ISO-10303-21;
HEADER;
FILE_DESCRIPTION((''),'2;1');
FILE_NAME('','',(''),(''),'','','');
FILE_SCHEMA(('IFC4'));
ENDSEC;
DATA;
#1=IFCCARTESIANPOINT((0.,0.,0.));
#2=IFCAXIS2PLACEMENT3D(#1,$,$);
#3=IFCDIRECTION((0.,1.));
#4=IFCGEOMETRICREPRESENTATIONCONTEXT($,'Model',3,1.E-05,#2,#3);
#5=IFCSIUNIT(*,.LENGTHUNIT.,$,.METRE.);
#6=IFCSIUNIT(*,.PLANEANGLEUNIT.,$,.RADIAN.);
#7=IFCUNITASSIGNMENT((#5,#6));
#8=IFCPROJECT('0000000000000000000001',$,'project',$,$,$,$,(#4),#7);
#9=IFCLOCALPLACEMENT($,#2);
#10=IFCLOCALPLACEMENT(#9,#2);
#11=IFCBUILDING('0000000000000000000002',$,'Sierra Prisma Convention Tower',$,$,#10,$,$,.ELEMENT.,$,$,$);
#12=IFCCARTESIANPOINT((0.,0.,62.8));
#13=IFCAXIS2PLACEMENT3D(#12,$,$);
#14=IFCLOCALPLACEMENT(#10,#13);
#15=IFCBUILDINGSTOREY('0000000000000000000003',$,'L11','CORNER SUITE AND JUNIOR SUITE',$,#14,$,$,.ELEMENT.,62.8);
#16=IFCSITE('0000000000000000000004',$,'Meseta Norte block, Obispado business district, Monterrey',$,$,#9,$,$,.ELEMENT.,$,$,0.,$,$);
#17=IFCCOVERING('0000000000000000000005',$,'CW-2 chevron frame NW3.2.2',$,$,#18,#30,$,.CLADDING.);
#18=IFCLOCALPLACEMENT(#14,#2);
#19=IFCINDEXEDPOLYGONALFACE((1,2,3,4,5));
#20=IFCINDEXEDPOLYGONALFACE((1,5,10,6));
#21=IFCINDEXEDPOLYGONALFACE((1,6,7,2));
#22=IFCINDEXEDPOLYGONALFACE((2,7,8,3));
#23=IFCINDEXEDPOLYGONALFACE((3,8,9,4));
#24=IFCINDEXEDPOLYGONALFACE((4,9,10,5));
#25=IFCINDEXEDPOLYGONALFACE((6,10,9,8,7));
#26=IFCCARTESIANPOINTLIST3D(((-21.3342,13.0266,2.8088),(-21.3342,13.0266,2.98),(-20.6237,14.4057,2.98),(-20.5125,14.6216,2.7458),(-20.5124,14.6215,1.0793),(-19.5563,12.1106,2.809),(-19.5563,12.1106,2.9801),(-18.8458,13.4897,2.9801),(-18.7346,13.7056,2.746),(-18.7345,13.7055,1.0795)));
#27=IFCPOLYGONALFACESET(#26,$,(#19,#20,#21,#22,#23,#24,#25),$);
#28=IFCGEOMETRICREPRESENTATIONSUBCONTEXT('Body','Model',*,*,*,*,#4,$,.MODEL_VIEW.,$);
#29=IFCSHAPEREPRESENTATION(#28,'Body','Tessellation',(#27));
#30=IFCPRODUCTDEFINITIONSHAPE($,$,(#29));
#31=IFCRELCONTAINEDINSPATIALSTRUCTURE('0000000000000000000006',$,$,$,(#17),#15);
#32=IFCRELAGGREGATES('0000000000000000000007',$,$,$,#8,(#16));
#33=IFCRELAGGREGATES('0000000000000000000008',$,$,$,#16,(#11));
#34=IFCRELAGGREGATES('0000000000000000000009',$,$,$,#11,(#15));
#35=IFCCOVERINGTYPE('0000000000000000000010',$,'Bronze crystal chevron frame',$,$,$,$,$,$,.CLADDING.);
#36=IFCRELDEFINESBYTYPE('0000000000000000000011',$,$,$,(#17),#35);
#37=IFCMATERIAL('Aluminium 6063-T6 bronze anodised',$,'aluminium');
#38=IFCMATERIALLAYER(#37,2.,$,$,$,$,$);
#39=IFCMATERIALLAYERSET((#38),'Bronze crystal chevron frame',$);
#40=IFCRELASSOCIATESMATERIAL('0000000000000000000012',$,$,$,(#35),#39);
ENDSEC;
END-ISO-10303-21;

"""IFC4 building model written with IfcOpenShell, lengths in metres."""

from ifc_helpers import new_model, si_unit, direction, frame, origin, place, context, subcontext, project, spatial, polyline, outline, extrude, material, layer, layer_set, type_object, element, save


model = new_model("IFC4")

# Units and contexts
model_context = context("Model", 3, precision=1e-05, world=origin(), true_north=direction((0.0, 1.0)))
body_context = subcontext(model_context, "Body", "Model", "MODEL_VIEW")
ifc_project = project(units=[si_unit("LENGTHUNIT", "METRE"), si_unit("PLANEANGLEUNIT", "RADIAN")], contexts=[model_context])

# Site, building, storey
site_placement = place(None, origin())
site = spatial("IfcSite", under=ifc_project, at=site_placement, Name="Meseta Norte block, Obispado business district, Monterrey", CompositionType="ELEMENT", RefElevation=0.0)
building_placement = place(site_placement, origin())
building = spatial("IfcBuilding", under=site, at=building_placement, Name="Sierra Prisma Convention Tower", CompositionType="ELEMENT")
storey_placement = place(building_placement, frame((0.0, 0.0, 62.8)))
storey = spatial("IfcBuildingStorey", under=building, at=storey_placement, Name="L11", Description="CORNER SUITE AND JUNIOR SUITE", CompositionType="ELEMENT", Elevation=62.8)

# Covering
ifc_material_1 = material(Name="Aluminium 6063-T6 bronze anodised", Category="aluminium")
ifc_layer_1 = layer(ifc_material_1, 2.0)
ifc_layer_set_1 = layer_set([ifc_layer_1], Name="Bronze crystal chevron frame")
covering_type = type_object("IfcCoveringType", Name="Bronze crystal chevron frame", PredefinedType="CLADDING", material=ifc_layer_set_1)
covering_1_placement = place(storey_placement, frame((-21.3342, 13.0266, 2.98), z_axis=(-0.888949, 0.458005, -0.000057), x_axis=(0.458005, 0.888949, 0.0)))
element("IfcCovering", 1, at=covering_1_placement, inside=storey, type_object=covering_type, Name="CW-2 chevron frame NW3.2.2", PredefinedType="CLADDING", context=body_context, shape_type="SweptSolid", body=[
    extrude(outline(polyline([(0.0, 0.0), (1.5514, 0.0), (1.7942, 0.2341), (1.7942, 1.9006), (0.0, 0.1711), (0.0, 0.0)])), origin(), (0.0, 0.0, -1.0), 2.0),
])

save(model, "model.ifc")
